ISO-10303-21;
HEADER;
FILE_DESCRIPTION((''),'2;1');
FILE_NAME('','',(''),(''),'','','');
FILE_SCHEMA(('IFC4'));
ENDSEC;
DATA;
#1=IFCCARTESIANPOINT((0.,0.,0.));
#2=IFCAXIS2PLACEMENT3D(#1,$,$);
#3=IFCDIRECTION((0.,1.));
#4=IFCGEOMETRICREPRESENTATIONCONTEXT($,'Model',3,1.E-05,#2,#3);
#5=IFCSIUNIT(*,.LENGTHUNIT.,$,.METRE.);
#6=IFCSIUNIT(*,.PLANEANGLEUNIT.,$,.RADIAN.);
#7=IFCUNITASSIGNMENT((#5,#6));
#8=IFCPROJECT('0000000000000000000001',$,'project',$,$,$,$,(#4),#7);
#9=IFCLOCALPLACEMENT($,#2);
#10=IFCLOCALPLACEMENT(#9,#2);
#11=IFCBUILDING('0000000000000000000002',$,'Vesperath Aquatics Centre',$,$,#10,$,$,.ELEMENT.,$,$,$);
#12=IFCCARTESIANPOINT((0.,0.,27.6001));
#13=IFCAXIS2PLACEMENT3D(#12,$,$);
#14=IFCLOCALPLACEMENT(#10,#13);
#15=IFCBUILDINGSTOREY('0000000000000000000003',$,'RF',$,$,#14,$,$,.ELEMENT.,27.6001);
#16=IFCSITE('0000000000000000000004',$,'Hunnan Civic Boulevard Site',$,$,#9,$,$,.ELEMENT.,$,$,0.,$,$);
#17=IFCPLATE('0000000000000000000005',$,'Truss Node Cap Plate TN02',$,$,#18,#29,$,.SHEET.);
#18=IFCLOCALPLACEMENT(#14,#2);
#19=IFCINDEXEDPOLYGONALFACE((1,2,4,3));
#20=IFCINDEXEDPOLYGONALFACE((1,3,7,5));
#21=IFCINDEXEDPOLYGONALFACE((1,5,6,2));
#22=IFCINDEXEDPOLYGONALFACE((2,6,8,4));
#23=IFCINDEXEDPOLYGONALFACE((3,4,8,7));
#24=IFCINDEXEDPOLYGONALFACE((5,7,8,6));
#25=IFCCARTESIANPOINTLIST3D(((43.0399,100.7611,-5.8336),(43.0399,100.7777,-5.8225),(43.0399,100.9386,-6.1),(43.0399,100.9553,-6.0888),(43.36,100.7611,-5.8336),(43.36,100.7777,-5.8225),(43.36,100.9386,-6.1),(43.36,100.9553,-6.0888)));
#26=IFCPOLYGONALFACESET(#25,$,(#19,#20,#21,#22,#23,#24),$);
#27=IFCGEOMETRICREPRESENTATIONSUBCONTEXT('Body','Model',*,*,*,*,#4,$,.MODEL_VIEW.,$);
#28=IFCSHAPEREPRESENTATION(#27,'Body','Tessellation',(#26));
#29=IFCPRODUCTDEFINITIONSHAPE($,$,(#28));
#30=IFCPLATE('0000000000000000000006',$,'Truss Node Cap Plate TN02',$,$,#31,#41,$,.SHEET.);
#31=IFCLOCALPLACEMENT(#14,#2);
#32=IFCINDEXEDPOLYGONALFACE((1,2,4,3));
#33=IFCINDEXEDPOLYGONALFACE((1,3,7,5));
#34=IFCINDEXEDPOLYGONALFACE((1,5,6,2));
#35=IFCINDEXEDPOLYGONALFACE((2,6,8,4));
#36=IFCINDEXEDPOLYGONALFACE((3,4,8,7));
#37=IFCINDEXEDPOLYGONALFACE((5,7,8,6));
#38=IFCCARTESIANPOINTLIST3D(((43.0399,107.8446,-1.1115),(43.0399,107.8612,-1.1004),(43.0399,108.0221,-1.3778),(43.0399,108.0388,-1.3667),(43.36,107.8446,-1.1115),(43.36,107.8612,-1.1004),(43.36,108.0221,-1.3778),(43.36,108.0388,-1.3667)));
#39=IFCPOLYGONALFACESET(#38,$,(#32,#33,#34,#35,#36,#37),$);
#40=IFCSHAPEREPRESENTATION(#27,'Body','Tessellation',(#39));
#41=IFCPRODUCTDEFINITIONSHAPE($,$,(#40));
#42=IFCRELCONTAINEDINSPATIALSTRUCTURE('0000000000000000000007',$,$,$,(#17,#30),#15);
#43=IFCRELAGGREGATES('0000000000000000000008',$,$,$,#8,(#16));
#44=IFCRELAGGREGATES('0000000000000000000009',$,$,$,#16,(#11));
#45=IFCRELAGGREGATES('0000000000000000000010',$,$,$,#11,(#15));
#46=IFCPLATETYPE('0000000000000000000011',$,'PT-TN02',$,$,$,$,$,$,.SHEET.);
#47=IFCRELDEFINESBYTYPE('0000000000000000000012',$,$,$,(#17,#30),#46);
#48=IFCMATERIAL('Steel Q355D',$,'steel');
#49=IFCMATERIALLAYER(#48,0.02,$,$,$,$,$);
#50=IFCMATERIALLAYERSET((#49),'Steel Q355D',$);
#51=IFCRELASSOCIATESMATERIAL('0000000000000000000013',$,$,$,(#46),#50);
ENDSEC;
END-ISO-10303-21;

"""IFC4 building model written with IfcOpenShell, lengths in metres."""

from ifc_helpers import new_model, si_unit, direction, frame, origin, origin_2d, place, context, subcontext, project, spatial, rectangle, extrude, material, layer, layer_set, type_object, element, save


model = new_model("IFC4")

# Units and contexts
model_context = context("Model", 3, precision=1e-05, world=origin(), true_north=direction((0.0, 1.0)))
body_context = subcontext(model_context, "Body", "Model", "MODEL_VIEW")
ifc_project = project(units=[si_unit("LENGTHUNIT", "METRE"), si_unit("PLANEANGLEUNIT", "RADIAN")], contexts=[model_context])

# Site, building, storey
site_placement = place(None, origin())
site = spatial("IfcSite", under=ifc_project, at=site_placement, Name="Hunnan Civic Boulevard Site", CompositionType="ELEMENT", RefElevation=0.0)
building_placement = place(site_placement, origin())
building = spatial("IfcBuilding", under=site, at=building_placement, Name="Vesperath Aquatics Centre", CompositionType="ELEMENT")
storey_placement = place(building_placement, frame((0.0, 0.0, 27.6001)))
storey = spatial("IfcBuildingStorey", under=building, at=storey_placement, Name="RF", CompositionType="ELEMENT", Elevation=27.6001)

# Shared definitions
ifc_material_1 = material(Name="Steel Q355D", Category="steel")

# Plates
ifc_layer = layer(ifc_material_1, 0.02)
ifc_layer_set = layer_set([ifc_layer], Name="Steel Q355D")
plate_type = type_object("IfcPlateType", Name="PT-TN02", PredefinedType="SHEET", material=ifc_layer_set)
for number, where, z_axis, x_axis, name in (
    (1, (43.2, 100.8499, -5.9668), (0.0, 0.83205, 0.5547), (-1.0, 0.0, 0.0), "Truss Node Cap Plate TN02"),
    (2, (43.2, 107.9333, -1.2446), (0.0, 0.83205, 0.5547), (-1.0, 0.0, 0.0), "Truss Node Cap Plate TN02"),
):
    element("IfcPlate", number, at=place(storey_placement, frame(where, z_axis=z_axis, x_axis=x_axis)), inside=storey, type_object=plate_type, Name=name, PredefinedType="SHEET", context=body_context, shape_type="SweptSolid", body=[
        extrude(rectangle(XDim=0.3201, YDim=0.3201, at=origin_2d()), origin(), (0.0, 0.0, 1.0), 0.02),
    ])

save(model, "model.ifc")
